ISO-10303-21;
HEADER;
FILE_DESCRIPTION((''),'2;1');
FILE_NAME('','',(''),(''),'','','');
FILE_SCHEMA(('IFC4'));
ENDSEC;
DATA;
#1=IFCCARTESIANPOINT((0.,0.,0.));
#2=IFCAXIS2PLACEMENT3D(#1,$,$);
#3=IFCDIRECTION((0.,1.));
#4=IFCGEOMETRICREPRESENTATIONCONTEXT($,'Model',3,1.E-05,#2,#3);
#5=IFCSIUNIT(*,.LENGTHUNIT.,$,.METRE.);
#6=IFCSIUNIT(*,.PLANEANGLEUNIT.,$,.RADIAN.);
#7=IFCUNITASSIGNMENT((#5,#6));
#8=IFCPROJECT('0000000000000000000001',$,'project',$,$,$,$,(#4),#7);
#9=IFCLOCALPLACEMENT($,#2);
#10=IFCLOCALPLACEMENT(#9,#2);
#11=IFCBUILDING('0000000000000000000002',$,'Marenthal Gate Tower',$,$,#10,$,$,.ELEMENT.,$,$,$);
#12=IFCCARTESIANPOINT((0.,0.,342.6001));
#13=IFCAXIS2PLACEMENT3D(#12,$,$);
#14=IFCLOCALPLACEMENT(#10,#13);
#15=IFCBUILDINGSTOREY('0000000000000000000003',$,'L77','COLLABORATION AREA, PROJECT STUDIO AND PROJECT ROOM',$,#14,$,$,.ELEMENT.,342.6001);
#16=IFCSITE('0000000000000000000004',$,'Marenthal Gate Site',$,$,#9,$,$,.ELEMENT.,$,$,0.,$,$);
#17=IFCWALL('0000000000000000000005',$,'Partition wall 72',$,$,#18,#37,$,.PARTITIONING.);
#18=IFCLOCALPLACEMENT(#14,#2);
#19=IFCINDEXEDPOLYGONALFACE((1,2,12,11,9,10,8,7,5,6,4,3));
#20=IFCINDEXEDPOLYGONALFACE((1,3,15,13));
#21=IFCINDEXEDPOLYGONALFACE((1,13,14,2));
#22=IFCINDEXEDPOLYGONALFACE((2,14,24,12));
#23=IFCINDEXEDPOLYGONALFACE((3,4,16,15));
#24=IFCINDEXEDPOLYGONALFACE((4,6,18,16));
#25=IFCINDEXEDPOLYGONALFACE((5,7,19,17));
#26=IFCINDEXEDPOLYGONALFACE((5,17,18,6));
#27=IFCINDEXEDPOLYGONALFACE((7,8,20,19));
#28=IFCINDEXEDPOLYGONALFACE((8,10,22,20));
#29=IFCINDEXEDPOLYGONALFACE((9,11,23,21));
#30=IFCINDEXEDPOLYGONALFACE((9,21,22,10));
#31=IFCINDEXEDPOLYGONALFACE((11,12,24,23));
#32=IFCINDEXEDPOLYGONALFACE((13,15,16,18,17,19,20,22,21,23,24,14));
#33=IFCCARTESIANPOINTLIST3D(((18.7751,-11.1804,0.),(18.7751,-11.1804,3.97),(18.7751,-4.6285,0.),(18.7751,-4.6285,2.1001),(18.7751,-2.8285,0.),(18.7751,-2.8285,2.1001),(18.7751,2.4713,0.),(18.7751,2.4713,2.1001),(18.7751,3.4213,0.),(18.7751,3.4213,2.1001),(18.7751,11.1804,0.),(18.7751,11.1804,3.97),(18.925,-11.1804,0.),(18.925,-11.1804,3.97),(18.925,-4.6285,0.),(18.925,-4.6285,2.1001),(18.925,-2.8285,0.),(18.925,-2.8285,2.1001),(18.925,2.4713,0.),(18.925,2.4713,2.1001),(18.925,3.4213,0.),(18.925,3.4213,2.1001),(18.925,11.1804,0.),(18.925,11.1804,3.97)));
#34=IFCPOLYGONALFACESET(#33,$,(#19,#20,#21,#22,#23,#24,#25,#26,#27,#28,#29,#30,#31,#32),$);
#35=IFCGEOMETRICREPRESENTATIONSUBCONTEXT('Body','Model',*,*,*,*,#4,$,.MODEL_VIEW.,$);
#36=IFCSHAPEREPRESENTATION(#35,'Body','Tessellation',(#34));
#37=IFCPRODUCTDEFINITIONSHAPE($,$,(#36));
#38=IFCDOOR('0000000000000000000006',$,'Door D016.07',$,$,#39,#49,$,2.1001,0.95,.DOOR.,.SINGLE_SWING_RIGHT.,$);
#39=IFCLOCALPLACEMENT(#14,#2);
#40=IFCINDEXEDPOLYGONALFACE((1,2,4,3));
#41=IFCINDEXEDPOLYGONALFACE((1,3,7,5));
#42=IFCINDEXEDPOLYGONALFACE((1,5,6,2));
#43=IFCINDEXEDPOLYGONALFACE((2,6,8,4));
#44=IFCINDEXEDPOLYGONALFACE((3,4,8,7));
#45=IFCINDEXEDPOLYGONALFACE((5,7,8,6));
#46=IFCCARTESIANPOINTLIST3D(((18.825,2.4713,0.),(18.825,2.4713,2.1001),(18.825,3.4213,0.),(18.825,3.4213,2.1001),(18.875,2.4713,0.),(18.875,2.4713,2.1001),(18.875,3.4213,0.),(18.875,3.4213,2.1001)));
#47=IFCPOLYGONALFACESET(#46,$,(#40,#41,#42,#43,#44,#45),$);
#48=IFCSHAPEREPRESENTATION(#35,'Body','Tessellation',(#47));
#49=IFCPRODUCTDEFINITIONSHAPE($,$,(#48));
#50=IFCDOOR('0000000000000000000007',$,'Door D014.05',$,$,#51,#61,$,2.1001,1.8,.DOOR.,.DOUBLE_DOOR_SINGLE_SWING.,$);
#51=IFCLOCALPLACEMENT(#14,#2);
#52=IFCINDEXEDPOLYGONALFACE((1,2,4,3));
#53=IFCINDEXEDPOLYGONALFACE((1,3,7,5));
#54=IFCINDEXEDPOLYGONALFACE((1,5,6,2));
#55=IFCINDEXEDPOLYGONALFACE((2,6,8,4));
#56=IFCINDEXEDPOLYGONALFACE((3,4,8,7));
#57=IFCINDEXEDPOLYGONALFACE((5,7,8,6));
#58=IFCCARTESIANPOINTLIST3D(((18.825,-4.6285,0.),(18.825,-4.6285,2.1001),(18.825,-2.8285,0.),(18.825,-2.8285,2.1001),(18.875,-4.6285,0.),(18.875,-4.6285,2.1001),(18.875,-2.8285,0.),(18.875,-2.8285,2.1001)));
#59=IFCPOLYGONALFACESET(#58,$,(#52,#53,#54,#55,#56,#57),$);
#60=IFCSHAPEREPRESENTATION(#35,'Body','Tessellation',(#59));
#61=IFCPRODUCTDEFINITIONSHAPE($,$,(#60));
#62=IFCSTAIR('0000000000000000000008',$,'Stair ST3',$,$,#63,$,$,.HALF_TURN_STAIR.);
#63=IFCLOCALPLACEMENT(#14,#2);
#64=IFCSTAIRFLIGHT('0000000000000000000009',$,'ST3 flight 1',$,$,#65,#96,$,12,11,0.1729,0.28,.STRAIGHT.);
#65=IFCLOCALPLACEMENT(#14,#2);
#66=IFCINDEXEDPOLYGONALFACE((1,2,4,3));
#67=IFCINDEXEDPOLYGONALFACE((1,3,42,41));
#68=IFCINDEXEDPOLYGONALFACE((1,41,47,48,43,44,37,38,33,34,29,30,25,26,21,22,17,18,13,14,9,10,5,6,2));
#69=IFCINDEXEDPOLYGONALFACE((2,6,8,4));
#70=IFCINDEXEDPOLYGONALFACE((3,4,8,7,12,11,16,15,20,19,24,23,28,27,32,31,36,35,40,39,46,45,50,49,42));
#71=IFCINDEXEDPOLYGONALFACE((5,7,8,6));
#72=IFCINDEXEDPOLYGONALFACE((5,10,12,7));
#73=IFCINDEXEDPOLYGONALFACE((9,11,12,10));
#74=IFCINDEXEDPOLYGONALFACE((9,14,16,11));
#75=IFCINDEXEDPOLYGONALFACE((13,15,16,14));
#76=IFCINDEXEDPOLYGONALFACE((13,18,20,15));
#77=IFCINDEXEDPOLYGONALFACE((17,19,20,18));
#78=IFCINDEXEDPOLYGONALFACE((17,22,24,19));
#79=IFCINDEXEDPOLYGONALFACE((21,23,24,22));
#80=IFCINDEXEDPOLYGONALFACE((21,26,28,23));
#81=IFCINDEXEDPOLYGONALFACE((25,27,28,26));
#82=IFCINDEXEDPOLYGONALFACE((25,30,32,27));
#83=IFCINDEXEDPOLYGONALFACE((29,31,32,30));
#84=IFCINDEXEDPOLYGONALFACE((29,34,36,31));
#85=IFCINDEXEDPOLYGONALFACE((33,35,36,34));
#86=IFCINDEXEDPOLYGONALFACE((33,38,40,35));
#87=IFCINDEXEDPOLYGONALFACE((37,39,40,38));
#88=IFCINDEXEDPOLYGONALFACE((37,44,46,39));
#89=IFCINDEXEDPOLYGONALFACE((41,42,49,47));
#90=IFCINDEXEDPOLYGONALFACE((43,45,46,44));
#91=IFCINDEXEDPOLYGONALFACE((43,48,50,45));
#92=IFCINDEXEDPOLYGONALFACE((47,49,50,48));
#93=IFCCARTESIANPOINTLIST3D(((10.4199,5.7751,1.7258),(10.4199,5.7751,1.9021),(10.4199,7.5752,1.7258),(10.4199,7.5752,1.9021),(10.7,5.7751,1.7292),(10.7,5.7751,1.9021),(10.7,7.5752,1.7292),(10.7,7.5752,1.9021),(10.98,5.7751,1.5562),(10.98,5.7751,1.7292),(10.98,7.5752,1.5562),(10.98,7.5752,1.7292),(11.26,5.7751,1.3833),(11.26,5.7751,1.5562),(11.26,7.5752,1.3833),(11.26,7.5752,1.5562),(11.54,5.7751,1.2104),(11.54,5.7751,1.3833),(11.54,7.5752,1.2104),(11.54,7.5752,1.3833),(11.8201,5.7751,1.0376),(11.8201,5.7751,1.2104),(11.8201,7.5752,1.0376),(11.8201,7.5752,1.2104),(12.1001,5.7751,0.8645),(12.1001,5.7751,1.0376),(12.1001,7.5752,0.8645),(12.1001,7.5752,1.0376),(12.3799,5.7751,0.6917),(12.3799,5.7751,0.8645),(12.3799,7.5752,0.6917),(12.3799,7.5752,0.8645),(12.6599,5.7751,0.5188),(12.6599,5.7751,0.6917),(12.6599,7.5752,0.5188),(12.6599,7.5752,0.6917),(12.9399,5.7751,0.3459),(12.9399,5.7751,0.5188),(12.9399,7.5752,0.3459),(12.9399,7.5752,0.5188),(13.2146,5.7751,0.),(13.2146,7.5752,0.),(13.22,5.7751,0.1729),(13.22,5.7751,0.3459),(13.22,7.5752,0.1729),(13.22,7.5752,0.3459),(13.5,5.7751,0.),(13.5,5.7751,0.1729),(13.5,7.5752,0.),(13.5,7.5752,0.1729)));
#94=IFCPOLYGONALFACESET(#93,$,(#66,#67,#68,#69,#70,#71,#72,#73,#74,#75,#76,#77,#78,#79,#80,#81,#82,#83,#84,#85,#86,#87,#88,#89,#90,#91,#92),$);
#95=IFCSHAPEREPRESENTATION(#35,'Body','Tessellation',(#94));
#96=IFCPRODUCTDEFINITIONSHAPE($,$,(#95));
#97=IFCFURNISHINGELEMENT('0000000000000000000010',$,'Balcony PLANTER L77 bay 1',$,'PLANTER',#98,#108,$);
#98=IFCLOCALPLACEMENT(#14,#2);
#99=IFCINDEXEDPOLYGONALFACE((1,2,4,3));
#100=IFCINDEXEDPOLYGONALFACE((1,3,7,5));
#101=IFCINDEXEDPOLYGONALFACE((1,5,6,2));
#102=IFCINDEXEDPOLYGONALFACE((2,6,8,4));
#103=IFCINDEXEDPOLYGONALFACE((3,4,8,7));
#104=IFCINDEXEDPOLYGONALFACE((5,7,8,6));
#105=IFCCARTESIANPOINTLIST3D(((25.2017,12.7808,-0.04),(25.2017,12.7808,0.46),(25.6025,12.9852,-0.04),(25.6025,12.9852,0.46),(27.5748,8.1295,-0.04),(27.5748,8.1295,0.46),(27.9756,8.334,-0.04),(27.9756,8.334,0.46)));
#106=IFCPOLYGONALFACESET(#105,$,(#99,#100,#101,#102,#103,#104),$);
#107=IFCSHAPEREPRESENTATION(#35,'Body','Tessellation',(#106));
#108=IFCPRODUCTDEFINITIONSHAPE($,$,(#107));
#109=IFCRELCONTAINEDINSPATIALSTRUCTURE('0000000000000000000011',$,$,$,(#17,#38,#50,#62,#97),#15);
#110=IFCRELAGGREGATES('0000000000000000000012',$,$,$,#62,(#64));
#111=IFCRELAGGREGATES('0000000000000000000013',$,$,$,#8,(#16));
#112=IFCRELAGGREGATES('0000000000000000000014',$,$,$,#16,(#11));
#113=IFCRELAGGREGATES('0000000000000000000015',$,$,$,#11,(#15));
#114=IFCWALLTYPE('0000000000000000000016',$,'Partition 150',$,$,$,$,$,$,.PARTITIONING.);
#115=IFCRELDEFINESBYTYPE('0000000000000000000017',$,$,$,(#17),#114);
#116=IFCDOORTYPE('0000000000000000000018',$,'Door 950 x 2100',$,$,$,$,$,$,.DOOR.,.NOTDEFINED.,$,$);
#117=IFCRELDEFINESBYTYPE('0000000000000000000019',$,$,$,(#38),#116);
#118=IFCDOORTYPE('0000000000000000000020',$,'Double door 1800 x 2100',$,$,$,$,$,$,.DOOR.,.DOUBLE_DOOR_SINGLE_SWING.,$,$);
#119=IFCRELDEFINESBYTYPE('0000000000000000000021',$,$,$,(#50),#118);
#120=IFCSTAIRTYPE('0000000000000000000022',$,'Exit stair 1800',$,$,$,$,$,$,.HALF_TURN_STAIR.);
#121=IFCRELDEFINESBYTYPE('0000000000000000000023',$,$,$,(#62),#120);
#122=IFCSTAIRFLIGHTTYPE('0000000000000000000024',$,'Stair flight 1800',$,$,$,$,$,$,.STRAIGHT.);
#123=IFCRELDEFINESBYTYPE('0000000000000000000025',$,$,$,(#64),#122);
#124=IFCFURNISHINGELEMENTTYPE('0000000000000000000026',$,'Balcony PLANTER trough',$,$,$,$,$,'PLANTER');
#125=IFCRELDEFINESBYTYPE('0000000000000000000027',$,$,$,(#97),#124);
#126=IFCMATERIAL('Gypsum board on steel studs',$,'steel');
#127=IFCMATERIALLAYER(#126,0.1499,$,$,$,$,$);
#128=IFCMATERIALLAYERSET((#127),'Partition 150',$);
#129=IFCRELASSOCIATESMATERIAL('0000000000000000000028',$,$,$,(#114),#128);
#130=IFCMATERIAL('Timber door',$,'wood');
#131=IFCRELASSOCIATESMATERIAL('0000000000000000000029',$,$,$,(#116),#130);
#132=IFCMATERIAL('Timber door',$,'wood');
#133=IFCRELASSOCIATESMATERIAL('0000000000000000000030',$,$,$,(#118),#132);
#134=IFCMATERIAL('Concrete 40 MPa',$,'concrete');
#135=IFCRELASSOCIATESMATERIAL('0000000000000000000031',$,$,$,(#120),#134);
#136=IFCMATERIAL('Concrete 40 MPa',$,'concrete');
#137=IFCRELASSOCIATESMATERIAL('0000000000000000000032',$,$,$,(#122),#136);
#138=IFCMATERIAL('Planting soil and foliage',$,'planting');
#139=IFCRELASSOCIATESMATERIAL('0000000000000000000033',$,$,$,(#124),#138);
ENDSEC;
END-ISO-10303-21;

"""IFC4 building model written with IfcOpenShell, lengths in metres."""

from ifc_helpers import new_model, si_unit, direction, frame, frame_2d, origin, origin_2d, place, context, subcontext, project, spatial, polyline, rectangle, outline, extrude, material, layer, layer_set, type_object, element, fill, aggregate, save


model = new_model("IFC4")

# Units and contexts
model_context = context("Model", 3, precision=1e-05, world=origin(), true_north=direction((0.0, 1.0)))
body_context = subcontext(model_context, "Body", "Model", "MODEL_VIEW")
ifc_project = project(units=[si_unit("LENGTHUNIT", "METRE"), si_unit("PLANEANGLEUNIT", "RADIAN")], contexts=[model_context])

# Site, building, storey
site_placement = place(None, origin())
site = spatial("IfcSite", under=ifc_project, at=site_placement, Name="Marenthal Gate Site", CompositionType="ELEMENT", RefElevation=0.0)
building_placement = place(site_placement, origin())
building = spatial("IfcBuilding", under=site, at=building_placement, Name="Marenthal Gate Tower", CompositionType="ELEMENT")
storey_placement = place(building_placement, frame((0.0, 0.0, 342.6001)))
storey = spatial("IfcBuildingStorey", under=building, at=storey_placement, Name="L77", Description="COLLABORATION AREA, PROJECT STUDIO AND PROJECT ROOM", CompositionType="ELEMENT", Elevation=342.6001)

# Wall, openings, doors
ifc_material_1 = material(Name="Gypsum board on steel studs", Category="steel")
ifc_layer_1 = layer(ifc_material_1, 0.1499)
ifc_layer_set_1 = layer_set([ifc_layer_1], Name="Partition 150")
wall_type_1 = type_object("IfcWallType", Name="Partition 150", PredefinedType="PARTITIONING", material=ifc_layer_set_1)
wall_1_placement = place(storey_placement, frame((18.8501, 11.1804, 0.0), z_axis=(0.0, 0.0, 1.0), x_axis=(0.0, -1.0, 0.0)))
wall_1 = element("IfcWall", 1, at=wall_1_placement, inside=storey, type_object=wall_type_1, Name="Partition wall 72", PredefinedType="PARTITIONING", context=body_context, shape_type="SweptSolid", body=[
    extrude(rectangle(XDim=22.3608, YDim=0.1499, at=frame_2d((11.1804, 0.0))), origin(), (0.0, 0.0, 1.0), 3.97),
])
opening_1_placement = place(wall_1_placement, frame((7.759, 0.0, 0.0)))
opening_1 = element("IfcOpeningElement", 2, at=opening_1_placement, cuts=wall_1, PredefinedType="OPENING", context=body_context, shape_type="SweptSolid", body=[
    extrude(rectangle(XDim=0.95, YDim=2.1001, at=frame_2d((0.4751, 1.05))), frame((0.0, 0.085, 0.0), z_axis=(0.0, -1.0, 0.0), x_axis=(1.0, 0.0, 0.0)), (0.0, 0.0, 1.0), 0.1699),
])
opening_2_placement = place(wall_1_placement, frame((14.009, 0.0, 0.0)))
opening_2 = element("IfcOpeningElement", 3, at=opening_2_placement, cuts=wall_1, PredefinedType="OPENING", context=body_context, shape_type="SweptSolid", body=[
    extrude(rectangle(XDim=1.8, YDim=2.1001, at=frame_2d((0.8999, 1.05))), frame((0.0, 0.085, 0.0), z_axis=(0.0, -1.0, 0.0), x_axis=(1.0, 0.0, 0.0)), (0.0, 0.0, 1.0), 0.1699),
])
ifc_material_2 = material(Name="Timber door", Category="wood")
door_type_1 = type_object("IfcDoorType", Name="Door 950 x 2100", OperationType="NOTDEFINED", PredefinedType="DOOR", material=ifc_material_2)
door_1_placement = place(opening_1_placement, origin())
door_1 = element("IfcDoor", 4, at=door_1_placement, inside=storey, type_object=door_type_1, Name="Door D016.07", OperationType="SINGLE_SWING_RIGHT", OverallHeight=2.1001, OverallWidth=0.95, PredefinedType="DOOR", context=body_context, shape_type="SweptSolid", body=[
    extrude(rectangle(XDim=0.95, YDim=2.1001, at=frame_2d((0.4751, 1.05))), frame((0.0, 0.0249, 0.0), z_axis=(0.0, -1.0, 0.0), x_axis=(1.0, 0.0, 0.0)), (0.0, 0.0, 1.0), 0.05),
])
fill(opening_1, door_1)
ifc_material_3 = material(Name="Timber door", Category="wood")
door_type_2 = type_object("IfcDoorType", Name="Double door 1800 x 2100", OperationType="DOUBLE_DOOR_SINGLE_SWING", PredefinedType="DOOR", material=ifc_material_3)
door_2_placement = place(opening_2_placement, origin())
door_2 = element("IfcDoor", 5, at=door_2_placement, inside=storey, type_object=door_type_2, Name="Door D014.05", OperationType="DOUBLE_DOOR_SINGLE_SWING", OverallHeight=2.1001, OverallWidth=1.8, PredefinedType="DOOR", context=body_context, shape_type="SweptSolid", body=[
    extrude(rectangle(XDim=1.8, YDim=2.1001, at=frame_2d((0.8999, 1.05))), frame((0.0, 0.0249, 0.0), z_axis=(0.0, -1.0, 0.0), x_axis=(1.0, 0.0, 0.0)), (0.0, 0.0, 1.0), 0.05),
])
fill(opening_2, door_2)

# Stair, stair flight
ifc_material_4 = material(Name="Concrete 40 MPa", Category="concrete")
stair_type = type_object("IfcStairType", Name="Exit stair 1800", PredefinedType="HALF_TURN_STAIR", material=ifc_material_4)
stair_placement = place(storey_placement, origin())
stair = element("IfcStair", 6, at=stair_placement, inside=storey, type_object=stair_type, Name="Stair ST3", PredefinedType="HALF_TURN_STAIR")
ifc_material_5 = material(Name="Concrete 40 MPa", Category="concrete")
stair_flight_type = type_object("IfcStairFlightType", Name="Stair flight 1800", PredefinedType="STRAIGHT", material=ifc_material_5)
stair_flight_placement = place(storey_placement, frame((13.5, 6.675, 0.0), z_axis=(0.0, 0.0, 1.0), x_axis=(-1.0, 0.0, 0.0)))
stair_flight = element("IfcStairFlight", 7, at=stair_flight_placement, type_object=stair_flight_type, Name="ST3 flight 1", NumberOfRisers=12, NumberOfTreads=11, PredefinedType="STRAIGHT", RiserHeight=0.1729, TreadLength=0.28, context=body_context, shape_type="SweptSolid", body=[
    extrude(outline(polyline([(0.0, 0.0), (0.0, 0.1729), (0.28, 0.1729), (0.28, 0.3459), (0.5601, 0.3459), (0.5601, 0.5188), (0.8401, 0.5188), (0.8401, 0.6917), (1.1201, 0.6917), (1.1201, 0.8645), (1.3999, 0.8645), (1.3999, 1.0376), (1.6799, 1.0376), (1.6799, 1.2104), (1.96, 1.2104), (1.96, 1.3833), (2.24, 1.3833), (2.24, 1.5562), (2.52, 1.5562), (2.52, 1.7292), (2.8, 1.7292), (2.8, 1.9021), (3.0801, 1.9021), (3.0801, 2.075), (3.0801, 1.7258), (0.2854, 0.0), (0.0, 0.0)])), frame((0.0, 0.8999, 0.0), z_axis=(0.0, -1.0, 0.0), x_axis=(1.0, 0.0, 0.0)), (0.0, 0.0, 1.0), 1.8),
])
aggregate(stair, [stair_flight])

# Furnishing element
ifc_material_6 = material(Name="Planting soil and foliage", Category="planting")
furnishing_element_type = type_object("IfcFurnishingElementType", Name="Balcony PLANTER trough", ElementType="PLANTER", material=ifc_material_6)
furnishing_placement = place(storey_placement, frame((26.5886, 10.5574, -0.04), z_axis=(0.0, 0.0, 1.0), x_axis=(-0.454476, 0.890759, 0.0)))
element("IfcFurnishingElement", 8, at=furnishing_placement, inside=storey, type_object=furnishing_element_type, Name="Balcony PLANTER L77 bay 1", ObjectType="PLANTER", context=body_context, shape_type="SweptSolid", body=[
    extrude(rectangle(XDim=5.2217, YDim=0.45, at=origin_2d()), origin(), (0.0, 0.0, 1.0), 0.5),
])

save(model, "model.ifc")
